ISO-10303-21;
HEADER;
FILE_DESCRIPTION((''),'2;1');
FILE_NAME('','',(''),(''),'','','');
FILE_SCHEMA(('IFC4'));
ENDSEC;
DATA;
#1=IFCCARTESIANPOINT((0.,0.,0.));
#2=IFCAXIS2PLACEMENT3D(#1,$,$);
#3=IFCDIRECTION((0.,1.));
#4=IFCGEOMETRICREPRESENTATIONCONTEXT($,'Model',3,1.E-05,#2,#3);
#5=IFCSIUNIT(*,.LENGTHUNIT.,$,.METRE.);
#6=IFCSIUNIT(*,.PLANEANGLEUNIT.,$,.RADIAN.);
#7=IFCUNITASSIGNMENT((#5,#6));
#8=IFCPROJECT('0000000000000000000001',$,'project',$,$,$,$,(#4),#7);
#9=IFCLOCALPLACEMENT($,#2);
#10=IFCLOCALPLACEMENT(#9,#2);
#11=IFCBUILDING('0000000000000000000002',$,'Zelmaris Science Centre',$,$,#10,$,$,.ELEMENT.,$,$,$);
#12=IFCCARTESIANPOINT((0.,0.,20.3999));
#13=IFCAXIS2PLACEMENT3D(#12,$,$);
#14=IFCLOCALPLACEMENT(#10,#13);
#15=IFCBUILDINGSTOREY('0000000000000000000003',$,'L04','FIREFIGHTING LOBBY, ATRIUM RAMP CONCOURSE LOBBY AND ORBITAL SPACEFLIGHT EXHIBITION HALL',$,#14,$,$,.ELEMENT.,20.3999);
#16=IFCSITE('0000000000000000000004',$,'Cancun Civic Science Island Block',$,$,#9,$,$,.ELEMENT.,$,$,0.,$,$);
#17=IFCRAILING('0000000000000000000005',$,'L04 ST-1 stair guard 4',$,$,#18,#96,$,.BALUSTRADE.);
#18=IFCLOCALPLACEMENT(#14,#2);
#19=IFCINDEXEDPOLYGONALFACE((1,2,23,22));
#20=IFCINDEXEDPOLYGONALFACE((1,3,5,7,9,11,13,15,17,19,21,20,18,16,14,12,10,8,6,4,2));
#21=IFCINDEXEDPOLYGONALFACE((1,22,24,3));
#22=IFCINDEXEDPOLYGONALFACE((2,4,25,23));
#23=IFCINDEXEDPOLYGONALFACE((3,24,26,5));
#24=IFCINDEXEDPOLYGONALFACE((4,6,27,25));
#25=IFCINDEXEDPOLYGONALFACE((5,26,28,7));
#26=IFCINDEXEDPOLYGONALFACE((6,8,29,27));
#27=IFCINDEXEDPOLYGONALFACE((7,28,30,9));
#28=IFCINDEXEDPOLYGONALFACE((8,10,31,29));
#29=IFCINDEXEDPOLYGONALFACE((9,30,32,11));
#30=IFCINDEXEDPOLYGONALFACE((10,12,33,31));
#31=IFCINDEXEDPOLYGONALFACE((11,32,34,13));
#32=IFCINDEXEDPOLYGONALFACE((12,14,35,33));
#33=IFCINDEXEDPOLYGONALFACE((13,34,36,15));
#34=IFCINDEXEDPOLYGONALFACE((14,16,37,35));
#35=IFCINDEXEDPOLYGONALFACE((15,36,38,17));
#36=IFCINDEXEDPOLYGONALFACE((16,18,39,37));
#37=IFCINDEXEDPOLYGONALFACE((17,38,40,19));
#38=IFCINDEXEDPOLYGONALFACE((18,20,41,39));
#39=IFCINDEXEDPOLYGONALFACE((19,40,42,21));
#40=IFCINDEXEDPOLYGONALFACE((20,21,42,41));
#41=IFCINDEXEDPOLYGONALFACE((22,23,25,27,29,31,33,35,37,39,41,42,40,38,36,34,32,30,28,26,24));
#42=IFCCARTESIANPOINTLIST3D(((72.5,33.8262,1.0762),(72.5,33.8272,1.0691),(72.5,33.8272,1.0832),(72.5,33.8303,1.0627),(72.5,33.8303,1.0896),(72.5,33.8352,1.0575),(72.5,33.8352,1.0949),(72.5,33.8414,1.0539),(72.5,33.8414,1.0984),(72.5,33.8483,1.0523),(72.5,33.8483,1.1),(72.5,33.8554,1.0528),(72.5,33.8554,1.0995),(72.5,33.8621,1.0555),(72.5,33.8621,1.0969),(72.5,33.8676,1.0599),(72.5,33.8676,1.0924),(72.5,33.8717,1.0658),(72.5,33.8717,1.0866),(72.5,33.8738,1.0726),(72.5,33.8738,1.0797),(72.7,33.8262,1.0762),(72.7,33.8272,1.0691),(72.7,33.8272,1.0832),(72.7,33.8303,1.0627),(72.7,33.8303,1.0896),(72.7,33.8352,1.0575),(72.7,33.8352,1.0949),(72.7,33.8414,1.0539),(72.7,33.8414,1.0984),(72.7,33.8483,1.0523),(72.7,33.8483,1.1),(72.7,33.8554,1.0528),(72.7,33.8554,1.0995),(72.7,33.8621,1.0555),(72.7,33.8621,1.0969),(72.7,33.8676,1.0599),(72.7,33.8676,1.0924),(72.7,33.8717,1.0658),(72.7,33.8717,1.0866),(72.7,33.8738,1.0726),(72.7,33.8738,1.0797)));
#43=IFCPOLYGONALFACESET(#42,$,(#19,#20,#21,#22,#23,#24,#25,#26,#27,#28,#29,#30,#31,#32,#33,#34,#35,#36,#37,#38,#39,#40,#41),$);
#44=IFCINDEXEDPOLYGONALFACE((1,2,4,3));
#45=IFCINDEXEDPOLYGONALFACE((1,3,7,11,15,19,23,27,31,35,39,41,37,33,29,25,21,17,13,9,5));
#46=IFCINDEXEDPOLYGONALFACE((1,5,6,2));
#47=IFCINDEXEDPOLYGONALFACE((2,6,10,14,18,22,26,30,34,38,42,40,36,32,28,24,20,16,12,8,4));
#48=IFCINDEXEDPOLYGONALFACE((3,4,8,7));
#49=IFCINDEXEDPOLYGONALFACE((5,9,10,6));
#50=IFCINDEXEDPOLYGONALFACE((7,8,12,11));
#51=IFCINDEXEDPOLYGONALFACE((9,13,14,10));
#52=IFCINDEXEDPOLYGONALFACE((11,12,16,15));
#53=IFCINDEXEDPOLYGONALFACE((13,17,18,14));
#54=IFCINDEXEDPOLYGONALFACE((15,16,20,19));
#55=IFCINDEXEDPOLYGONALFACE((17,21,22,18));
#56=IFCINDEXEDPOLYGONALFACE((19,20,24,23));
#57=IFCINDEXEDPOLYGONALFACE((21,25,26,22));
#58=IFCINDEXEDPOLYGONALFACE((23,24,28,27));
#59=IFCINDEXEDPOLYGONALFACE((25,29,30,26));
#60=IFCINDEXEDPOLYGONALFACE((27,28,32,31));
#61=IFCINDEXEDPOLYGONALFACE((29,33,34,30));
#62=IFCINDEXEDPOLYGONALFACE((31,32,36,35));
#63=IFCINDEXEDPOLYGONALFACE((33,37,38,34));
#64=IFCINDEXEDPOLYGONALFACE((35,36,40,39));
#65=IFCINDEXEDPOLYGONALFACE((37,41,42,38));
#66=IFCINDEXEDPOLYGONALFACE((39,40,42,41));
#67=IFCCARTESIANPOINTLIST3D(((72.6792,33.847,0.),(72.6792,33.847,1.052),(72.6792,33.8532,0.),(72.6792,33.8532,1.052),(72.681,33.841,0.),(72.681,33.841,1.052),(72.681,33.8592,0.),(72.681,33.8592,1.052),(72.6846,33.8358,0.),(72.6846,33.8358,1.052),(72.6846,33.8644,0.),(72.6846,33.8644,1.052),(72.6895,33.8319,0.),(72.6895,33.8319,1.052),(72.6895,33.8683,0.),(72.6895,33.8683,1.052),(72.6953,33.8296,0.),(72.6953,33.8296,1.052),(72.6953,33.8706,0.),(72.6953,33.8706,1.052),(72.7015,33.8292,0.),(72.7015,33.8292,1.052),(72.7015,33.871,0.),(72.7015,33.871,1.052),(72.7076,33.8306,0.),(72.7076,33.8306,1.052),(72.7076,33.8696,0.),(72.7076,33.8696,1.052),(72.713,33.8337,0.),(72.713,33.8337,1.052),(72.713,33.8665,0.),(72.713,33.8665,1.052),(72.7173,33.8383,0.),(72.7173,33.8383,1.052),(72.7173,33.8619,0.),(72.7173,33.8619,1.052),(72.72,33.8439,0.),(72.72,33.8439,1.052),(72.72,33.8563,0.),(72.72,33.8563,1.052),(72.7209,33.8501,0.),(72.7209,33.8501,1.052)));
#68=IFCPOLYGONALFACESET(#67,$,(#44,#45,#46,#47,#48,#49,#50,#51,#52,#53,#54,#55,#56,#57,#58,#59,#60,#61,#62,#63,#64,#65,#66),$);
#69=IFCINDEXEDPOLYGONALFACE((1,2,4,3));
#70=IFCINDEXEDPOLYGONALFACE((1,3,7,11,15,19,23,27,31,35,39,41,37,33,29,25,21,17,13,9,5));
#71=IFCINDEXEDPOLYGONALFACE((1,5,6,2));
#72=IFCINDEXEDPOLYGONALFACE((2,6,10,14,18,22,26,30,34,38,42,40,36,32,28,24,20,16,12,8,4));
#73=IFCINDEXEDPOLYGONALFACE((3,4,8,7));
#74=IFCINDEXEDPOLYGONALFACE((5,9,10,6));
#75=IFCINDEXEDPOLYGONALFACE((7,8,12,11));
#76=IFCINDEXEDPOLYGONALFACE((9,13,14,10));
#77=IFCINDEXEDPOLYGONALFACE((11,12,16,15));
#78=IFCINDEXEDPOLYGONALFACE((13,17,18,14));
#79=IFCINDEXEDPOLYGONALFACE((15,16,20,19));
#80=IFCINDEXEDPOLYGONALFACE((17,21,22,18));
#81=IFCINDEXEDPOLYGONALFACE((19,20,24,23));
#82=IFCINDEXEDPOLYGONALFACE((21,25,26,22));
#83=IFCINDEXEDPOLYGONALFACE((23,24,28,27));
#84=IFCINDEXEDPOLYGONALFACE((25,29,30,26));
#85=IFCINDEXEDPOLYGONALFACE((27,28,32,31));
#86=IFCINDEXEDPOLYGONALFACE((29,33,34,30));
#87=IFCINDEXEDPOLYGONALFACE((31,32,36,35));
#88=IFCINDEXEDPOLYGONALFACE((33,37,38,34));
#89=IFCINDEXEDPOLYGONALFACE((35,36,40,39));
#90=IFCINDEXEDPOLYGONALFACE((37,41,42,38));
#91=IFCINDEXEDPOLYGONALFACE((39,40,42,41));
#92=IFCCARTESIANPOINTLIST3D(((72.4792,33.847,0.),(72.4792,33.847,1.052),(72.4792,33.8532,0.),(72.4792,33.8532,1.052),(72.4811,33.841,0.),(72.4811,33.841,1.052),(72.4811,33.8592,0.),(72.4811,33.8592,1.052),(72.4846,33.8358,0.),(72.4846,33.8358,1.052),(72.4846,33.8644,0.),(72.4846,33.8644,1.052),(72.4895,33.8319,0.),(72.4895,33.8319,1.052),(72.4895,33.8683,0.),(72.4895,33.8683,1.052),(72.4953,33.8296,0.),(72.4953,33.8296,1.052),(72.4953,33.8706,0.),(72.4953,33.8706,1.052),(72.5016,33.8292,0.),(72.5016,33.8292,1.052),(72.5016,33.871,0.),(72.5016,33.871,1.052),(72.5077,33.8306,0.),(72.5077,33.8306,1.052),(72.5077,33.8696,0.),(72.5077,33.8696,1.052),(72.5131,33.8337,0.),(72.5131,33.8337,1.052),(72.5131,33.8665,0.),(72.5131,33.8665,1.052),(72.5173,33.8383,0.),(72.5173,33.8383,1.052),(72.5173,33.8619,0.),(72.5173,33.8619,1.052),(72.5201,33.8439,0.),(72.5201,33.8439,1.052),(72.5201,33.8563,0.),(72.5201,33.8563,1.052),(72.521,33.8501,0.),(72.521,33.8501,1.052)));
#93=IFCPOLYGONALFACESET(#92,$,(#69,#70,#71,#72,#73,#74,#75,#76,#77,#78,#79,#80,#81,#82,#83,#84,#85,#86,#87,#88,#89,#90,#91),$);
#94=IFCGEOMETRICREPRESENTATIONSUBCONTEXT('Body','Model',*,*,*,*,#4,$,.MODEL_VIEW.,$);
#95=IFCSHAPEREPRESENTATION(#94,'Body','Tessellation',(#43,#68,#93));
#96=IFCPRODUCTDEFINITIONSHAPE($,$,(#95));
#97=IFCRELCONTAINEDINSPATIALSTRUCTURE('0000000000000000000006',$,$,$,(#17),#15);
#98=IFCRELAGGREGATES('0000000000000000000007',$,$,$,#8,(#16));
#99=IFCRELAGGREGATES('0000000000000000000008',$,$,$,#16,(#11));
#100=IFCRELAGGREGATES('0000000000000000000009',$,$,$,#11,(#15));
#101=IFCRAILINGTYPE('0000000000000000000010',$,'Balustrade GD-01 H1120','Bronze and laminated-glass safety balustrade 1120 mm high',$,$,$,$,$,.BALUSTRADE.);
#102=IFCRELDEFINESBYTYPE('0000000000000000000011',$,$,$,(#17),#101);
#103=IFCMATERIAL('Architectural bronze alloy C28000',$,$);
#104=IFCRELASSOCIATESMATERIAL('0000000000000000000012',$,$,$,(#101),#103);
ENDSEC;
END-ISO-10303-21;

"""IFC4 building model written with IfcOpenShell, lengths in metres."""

from ifc_helpers import new_model, si_unit, direction, frame, origin, origin_2d, place, context, subcontext, project, spatial, circle, extrude, material, type_object, element, save


model = new_model("IFC4")

# Units and contexts
model_context = context("Model", 3, precision=1e-05, world=origin(), true_north=direction((0.0, 1.0)))
body_context = subcontext(model_context, "Body", "Model", "MODEL_VIEW")
ifc_project = project(units=[si_unit("LENGTHUNIT", "METRE"), si_unit("PLANEANGLEUNIT", "RADIAN")], contexts=[model_context])

# Site, building, storey
site_placement = place(None, origin())
site = spatial("IfcSite", under=ifc_project, at=site_placement, Name="Cancun Civic Science Island Block", CompositionType="ELEMENT", RefElevation=0.0)
building_placement = place(site_placement, origin())
building = spatial("IfcBuilding", under=site, at=building_placement, Name="Zelmaris Science Centre", CompositionType="ELEMENT")
storey_placement = place(building_placement, frame((0.0, 0.0, 20.3999)))
storey = spatial("IfcBuildingStorey", under=building, at=storey_placement, Name="L04", Description="FIREFIGHTING LOBBY, ATRIUM RAMP CONCOURSE LOBBY AND ORBITAL SPACEFLIGHT EXHIBITION HALL", CompositionType="ELEMENT", Elevation=20.3999)

# Railing
ifc_material_1 = material(Name="Architectural bronze alloy C28000")
railing_type_1 = type_object("IfcRailingType", Name="Balustrade GD-01 H1120", Description="Bronze and laminated-glass safety balustrade 1120 mm high", PredefinedType="BALUSTRADE", material=ifc_material_1)
railing_1_placement = place(storey_placement, frame((72.7, 33.8501, 0.0)))
element("IfcRailing", 1, at=railing_1_placement, inside=storey, type_object=railing_type_1, Name="L04 ST-1 stair guard 4", PredefinedType="BALUSTRADE", context=body_context, shape_type="SweptSolid", body=[
    extrude(circle(Radius=0.0239, at=origin_2d()), frame((0.0, 0.0, 1.0762), z_axis=(-1.0, 0.0, 0.0), x_axis=(0.0, -1.0, 0.0)), (0.0, 0.0, 1.0), 0.2),
    extrude(circle(Radius=0.021, at=origin_2d()), origin(), (0.0, 0.0, 1.0), 1.052),
    extrude(circle(Radius=0.021, at=origin_2d()), frame((-0.2, 0.0, 0.0)), (0.0, 0.0, 1.0), 1.052),
])

save(model, "model.ifc")
